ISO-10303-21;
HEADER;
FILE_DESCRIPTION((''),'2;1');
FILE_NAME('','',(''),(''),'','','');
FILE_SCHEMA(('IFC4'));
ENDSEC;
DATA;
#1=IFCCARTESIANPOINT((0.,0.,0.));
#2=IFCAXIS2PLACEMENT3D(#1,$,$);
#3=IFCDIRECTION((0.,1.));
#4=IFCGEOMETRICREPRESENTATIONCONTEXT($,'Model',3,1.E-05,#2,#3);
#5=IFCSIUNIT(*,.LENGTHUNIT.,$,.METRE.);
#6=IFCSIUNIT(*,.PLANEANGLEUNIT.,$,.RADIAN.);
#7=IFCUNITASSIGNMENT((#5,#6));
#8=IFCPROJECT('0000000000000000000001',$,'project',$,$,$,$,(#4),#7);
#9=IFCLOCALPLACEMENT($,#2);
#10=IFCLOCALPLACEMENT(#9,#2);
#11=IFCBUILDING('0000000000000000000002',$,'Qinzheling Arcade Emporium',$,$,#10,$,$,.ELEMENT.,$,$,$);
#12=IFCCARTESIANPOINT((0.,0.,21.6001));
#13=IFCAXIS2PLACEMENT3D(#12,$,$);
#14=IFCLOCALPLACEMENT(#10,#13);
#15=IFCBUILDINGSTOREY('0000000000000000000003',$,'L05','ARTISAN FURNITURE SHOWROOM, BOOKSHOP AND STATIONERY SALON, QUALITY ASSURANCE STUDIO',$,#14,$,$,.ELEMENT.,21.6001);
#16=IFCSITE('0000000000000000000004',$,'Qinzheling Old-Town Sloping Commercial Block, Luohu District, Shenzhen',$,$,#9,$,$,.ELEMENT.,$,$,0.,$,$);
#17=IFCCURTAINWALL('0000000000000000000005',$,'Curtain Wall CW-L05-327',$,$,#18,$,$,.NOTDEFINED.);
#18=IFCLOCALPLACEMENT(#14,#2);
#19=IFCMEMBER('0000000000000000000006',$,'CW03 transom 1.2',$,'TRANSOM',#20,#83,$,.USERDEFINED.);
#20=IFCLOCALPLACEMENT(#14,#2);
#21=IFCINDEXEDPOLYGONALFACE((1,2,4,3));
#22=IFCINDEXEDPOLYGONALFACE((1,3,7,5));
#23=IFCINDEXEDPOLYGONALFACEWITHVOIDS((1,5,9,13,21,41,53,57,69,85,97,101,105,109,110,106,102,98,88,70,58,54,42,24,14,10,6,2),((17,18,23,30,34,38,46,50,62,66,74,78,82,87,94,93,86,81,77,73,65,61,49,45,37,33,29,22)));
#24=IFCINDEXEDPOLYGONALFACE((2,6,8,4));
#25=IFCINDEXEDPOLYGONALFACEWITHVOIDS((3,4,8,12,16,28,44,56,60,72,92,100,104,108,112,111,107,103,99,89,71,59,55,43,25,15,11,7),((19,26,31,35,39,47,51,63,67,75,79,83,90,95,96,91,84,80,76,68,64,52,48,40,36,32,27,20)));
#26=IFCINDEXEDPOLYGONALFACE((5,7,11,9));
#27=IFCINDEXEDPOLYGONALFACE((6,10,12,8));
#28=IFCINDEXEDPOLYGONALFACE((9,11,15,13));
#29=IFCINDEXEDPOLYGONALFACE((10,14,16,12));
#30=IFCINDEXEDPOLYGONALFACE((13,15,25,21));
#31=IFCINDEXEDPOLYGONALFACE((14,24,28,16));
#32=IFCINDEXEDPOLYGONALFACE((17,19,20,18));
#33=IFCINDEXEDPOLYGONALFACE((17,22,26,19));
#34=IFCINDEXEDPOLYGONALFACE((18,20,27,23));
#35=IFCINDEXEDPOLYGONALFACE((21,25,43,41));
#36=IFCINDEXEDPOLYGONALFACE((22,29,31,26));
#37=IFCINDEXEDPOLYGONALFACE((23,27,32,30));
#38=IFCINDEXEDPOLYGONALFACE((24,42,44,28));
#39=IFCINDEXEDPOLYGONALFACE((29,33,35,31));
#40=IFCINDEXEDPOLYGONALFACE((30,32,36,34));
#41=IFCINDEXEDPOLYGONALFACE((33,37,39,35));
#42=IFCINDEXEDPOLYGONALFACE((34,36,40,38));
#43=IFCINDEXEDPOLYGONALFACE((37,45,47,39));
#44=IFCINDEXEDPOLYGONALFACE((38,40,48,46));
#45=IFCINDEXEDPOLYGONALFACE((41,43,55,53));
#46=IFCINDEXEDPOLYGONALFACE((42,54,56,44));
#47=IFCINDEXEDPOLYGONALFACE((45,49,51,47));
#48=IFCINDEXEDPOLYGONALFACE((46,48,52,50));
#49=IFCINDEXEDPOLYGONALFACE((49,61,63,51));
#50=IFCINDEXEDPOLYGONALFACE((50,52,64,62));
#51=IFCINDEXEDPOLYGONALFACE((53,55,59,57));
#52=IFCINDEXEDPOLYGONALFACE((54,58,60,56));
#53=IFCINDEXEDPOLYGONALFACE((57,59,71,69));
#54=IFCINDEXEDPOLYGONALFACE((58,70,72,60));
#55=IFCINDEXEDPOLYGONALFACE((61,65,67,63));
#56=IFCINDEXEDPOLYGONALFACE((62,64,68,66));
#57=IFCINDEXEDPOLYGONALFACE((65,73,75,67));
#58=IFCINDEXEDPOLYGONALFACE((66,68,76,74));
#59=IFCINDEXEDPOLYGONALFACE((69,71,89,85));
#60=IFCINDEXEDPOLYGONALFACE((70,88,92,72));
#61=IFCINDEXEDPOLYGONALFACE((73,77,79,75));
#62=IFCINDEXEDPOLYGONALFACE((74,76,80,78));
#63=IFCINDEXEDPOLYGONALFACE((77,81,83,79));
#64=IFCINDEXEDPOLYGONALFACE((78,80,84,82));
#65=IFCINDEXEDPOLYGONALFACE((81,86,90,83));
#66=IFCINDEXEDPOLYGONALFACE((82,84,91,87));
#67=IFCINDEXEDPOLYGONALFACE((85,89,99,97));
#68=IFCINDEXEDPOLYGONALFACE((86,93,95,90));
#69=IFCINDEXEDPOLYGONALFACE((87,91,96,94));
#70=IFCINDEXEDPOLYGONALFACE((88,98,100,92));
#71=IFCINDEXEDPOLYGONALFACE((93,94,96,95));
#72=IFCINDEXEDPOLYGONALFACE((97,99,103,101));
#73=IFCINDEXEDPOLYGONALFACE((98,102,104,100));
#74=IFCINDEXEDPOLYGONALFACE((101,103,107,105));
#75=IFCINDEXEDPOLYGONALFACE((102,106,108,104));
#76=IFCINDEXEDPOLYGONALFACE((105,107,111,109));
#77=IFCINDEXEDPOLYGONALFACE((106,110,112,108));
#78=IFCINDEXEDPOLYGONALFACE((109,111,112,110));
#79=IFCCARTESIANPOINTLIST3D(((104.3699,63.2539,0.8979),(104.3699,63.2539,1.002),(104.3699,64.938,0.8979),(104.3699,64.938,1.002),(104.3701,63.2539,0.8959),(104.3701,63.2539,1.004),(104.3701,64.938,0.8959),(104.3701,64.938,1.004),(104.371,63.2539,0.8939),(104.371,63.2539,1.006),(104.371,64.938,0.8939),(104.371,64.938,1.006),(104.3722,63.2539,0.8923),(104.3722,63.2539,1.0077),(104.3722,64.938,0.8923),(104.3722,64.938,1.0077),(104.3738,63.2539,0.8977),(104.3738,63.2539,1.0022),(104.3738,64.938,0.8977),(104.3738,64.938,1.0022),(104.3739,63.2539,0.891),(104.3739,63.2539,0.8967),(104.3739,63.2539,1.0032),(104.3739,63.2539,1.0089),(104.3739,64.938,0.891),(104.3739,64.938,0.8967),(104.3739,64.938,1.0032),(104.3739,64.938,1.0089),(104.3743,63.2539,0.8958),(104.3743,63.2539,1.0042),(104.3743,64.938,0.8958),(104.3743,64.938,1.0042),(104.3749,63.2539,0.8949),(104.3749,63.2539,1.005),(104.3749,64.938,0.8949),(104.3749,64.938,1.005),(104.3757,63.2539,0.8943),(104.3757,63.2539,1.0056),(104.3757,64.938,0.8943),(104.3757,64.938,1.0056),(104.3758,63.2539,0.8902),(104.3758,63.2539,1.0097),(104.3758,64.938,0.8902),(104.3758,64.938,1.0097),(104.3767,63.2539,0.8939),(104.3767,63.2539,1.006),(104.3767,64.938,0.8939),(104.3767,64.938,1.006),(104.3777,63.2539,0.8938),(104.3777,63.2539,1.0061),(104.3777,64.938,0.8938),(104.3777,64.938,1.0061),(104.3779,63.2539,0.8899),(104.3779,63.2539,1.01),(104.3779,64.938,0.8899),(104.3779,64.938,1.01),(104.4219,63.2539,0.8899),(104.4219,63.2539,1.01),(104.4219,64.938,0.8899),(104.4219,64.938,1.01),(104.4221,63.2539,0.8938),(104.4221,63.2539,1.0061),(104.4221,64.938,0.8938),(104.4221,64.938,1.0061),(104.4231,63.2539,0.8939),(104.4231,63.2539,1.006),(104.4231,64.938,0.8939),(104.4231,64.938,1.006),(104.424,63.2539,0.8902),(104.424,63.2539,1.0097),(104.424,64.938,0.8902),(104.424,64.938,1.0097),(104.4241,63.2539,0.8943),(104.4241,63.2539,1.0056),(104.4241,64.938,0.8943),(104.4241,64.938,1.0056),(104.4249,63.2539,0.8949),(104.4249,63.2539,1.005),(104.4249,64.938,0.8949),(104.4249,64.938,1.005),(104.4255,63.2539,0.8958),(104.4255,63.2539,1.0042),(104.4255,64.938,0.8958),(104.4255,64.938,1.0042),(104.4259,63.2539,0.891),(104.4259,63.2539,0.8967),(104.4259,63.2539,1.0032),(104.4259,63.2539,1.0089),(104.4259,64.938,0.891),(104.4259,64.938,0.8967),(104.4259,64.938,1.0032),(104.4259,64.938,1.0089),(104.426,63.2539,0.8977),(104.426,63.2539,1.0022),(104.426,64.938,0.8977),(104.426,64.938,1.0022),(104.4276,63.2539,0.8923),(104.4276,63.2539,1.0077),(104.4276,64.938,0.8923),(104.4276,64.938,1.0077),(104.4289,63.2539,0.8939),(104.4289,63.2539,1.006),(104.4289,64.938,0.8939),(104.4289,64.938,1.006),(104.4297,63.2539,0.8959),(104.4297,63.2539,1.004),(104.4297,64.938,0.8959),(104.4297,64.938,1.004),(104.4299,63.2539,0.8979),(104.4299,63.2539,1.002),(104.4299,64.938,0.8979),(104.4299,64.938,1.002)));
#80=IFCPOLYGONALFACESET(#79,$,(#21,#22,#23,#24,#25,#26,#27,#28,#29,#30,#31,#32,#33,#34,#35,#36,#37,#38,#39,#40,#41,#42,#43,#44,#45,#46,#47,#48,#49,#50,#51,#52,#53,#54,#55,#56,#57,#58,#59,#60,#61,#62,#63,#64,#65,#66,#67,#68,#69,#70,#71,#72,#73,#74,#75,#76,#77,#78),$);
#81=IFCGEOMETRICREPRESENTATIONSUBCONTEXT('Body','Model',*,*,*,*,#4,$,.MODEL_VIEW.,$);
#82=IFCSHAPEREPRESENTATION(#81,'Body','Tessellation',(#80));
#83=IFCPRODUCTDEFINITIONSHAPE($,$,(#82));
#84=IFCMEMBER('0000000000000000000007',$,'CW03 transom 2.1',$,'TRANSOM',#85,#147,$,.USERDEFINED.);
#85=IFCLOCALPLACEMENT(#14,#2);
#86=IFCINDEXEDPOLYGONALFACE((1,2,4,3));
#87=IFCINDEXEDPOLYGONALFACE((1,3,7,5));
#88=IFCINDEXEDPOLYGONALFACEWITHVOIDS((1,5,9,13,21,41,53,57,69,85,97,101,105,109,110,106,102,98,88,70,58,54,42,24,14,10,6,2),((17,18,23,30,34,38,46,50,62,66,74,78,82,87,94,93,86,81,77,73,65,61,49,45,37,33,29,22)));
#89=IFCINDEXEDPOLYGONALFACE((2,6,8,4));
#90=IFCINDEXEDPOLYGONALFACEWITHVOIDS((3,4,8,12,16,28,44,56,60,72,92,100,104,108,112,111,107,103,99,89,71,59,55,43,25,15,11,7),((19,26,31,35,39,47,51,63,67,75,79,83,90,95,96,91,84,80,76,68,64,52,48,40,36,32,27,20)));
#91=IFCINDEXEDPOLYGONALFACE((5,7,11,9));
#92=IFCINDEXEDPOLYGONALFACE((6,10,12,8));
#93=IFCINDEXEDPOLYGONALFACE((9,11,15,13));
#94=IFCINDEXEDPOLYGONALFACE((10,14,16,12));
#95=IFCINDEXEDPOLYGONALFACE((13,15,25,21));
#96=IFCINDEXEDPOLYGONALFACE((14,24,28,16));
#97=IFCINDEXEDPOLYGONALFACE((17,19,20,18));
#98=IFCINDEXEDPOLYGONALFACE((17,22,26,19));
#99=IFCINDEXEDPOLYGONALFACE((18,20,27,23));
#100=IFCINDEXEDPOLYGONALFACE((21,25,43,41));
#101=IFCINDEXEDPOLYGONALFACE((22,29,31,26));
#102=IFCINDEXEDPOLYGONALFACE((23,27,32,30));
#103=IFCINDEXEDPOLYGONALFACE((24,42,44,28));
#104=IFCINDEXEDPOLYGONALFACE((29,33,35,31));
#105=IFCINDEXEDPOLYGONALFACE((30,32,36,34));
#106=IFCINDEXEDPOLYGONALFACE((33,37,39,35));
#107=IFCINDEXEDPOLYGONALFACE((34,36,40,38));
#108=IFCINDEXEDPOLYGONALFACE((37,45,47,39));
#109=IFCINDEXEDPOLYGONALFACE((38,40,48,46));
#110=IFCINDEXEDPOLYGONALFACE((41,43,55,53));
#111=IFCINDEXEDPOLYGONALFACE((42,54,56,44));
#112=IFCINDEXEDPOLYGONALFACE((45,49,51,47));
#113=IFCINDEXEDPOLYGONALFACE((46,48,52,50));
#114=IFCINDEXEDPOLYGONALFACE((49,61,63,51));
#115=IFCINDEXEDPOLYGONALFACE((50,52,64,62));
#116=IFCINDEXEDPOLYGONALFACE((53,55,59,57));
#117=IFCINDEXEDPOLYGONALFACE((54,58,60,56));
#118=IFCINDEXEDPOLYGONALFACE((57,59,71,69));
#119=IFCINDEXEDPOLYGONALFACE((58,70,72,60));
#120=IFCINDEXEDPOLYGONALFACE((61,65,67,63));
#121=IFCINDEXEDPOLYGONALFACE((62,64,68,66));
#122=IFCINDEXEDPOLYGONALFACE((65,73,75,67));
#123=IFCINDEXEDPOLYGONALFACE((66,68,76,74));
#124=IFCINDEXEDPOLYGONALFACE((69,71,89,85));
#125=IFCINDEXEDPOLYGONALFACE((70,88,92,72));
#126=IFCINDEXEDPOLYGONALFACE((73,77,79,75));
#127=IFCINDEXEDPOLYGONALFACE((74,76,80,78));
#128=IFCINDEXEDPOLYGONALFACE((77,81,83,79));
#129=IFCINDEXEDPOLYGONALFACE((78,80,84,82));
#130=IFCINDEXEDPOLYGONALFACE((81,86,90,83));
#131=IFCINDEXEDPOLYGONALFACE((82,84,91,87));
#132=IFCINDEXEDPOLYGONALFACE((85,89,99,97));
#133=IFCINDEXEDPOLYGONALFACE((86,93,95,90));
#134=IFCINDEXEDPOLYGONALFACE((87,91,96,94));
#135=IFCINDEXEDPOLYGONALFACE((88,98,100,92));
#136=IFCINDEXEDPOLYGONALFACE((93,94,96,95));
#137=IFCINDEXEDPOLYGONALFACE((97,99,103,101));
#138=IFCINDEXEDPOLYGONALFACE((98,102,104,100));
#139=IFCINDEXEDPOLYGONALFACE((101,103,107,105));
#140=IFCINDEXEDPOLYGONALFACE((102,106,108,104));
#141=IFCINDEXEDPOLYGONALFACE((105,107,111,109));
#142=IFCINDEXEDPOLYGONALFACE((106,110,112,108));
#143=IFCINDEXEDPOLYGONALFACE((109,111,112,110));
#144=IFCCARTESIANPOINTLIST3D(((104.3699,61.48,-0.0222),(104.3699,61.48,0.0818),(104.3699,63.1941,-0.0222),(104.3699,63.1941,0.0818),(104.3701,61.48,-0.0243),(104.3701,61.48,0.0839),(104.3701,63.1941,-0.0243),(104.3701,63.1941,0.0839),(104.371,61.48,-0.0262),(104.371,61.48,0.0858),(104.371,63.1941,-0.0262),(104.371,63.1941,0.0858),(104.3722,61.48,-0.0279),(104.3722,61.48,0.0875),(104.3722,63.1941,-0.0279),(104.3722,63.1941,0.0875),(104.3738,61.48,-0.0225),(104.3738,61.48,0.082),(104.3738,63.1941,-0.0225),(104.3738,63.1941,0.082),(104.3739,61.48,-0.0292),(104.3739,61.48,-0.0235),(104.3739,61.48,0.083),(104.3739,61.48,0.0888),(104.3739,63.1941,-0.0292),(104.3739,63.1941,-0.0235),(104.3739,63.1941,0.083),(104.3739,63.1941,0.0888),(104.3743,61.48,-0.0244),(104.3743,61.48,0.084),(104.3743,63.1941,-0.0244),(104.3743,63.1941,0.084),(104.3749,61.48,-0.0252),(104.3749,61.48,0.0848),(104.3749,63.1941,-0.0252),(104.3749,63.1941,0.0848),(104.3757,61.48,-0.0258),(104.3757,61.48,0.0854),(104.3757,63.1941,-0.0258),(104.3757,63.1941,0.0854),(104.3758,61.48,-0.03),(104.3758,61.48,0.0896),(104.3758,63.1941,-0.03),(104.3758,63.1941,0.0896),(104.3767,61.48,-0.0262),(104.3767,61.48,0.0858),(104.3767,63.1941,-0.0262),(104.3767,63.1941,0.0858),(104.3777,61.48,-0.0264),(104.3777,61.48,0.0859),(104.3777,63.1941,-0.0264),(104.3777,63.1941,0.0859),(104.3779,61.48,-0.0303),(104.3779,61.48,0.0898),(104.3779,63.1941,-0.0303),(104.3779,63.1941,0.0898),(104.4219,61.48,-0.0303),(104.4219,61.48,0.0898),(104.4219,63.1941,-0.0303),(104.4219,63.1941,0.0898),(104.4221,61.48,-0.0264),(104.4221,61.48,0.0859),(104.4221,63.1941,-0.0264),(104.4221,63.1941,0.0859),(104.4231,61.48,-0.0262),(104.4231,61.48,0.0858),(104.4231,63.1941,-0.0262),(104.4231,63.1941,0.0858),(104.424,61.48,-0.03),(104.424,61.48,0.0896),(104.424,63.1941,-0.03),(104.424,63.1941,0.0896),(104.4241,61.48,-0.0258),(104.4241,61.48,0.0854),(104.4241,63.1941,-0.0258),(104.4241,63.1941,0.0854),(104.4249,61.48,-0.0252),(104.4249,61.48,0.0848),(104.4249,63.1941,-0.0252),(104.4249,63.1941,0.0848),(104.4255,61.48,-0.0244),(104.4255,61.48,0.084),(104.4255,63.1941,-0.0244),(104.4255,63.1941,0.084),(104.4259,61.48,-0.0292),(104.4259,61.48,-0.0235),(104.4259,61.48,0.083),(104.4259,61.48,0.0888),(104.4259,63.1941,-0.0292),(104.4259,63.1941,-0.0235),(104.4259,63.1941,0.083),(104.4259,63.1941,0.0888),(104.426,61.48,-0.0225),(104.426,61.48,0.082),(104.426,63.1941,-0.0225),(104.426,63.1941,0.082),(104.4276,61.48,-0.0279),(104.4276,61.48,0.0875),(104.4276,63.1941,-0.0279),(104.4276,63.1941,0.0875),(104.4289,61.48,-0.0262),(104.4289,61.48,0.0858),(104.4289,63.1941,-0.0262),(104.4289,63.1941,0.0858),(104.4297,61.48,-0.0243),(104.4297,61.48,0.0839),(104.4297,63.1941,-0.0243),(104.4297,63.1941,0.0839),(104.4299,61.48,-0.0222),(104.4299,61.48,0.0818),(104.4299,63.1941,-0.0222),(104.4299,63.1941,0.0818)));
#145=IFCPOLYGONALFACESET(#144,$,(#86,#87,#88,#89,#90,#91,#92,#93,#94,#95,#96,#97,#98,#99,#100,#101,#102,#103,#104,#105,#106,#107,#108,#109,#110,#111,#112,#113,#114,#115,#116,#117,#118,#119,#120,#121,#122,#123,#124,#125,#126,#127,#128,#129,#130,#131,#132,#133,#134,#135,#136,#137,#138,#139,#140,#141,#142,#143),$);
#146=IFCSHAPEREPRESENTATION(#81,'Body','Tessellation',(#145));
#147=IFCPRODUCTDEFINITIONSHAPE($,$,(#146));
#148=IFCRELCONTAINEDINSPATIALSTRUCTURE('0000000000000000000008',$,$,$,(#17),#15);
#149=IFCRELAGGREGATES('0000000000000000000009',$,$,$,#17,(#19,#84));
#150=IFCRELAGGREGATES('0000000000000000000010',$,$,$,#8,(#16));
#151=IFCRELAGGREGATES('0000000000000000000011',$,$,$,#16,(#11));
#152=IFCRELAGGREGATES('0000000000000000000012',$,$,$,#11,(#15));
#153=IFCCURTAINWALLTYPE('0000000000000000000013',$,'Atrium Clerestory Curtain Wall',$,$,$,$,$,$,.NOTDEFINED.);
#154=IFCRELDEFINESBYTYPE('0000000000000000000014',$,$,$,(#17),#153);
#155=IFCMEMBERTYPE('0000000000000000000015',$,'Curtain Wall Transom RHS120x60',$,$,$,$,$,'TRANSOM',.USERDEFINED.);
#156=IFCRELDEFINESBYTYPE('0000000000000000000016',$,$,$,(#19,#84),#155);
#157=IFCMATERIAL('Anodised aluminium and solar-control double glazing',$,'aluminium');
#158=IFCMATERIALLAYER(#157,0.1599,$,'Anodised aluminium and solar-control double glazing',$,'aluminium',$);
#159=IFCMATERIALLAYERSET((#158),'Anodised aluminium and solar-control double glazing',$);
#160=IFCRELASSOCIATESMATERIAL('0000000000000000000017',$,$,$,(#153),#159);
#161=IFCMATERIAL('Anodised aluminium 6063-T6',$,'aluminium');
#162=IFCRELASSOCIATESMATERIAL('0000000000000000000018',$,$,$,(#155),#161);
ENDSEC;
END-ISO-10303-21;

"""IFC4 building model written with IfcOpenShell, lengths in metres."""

from ifc_helpers import new_model, si_unit, direction, frame, origin, origin_2d, place, context, subcontext, project, spatial, hollow_rectangle, extrude, material, layer, layer_set, material_profile, profile_set, type_object, element, aggregate, save


model = new_model("IFC4")

# Units and contexts
model_context = context("Model", 3, precision=1e-05, world=origin(), true_north=direction((0.0, 1.0)))
body_context = subcontext(model_context, "Body", "Model", "MODEL_VIEW")
ifc_project = project(units=[si_unit("LENGTHUNIT", "METRE"), si_unit("PLANEANGLEUNIT", "RADIAN")], contexts=[model_context])

# Site, building, storey
site_placement = place(None, origin())
site = spatial("IfcSite", under=ifc_project, at=site_placement, Name="Qinzheling Old-Town Sloping Commercial Block, Luohu District, Shenzhen", CompositionType="ELEMENT", RefElevation=0.0)
building_placement = place(site_placement, origin())
building = spatial("IfcBuilding", under=site, at=building_placement, Name="Qinzheling Arcade Emporium", CompositionType="ELEMENT")
storey_placement = place(building_placement, frame((0.0, 0.0, 21.6001)))
storey = spatial("IfcBuildingStorey", under=building, at=storey_placement, Name="L05", Description="ARTISAN FURNITURE SHOWROOM, BOOKSHOP AND STATIONERY SALON, QUALITY ASSURANCE STUDIO", CompositionType="ELEMENT", Elevation=21.6001)

# Curtain wall
ifc_material_1 = material(Name="Anodised aluminium and solar-control double glazing", Category="aluminium")
ifc_layer_1 = layer(ifc_material_1, 0.1599, Name="Anodised aluminium and solar-control double glazing", Category="aluminium")
ifc_layer_set_1 = layer_set([ifc_layer_1], Name="Anodised aluminium and solar-control double glazing")
curtain_wall_type = type_object("IfcCurtainWallType", Name="Atrium Clerestory Curtain Wall", PredefinedType="NOTDEFINED", material=ifc_layer_set_1)
curtain_wall_1_placement = place(storey_placement, origin())
curtain_wall_1 = element("IfcCurtainWall", 1, at=curtain_wall_1_placement, inside=storey, type_object=curtain_wall_type, Name="Curtain Wall CW-L05-327", PredefinedType="NOTDEFINED")
ifc_material_2 = material(Name="Anodised aluminium 6063-T6", Category="aluminium")

# Members
ifc_material_profile_1 = material_profile(ifc_material_2, hollow_rectangle(XDim=0.0601, YDim=0.1201, WallThickness=0.0039, InnerFilletRadius=0.0039, OuterFilletRadius=0.0081, at=origin_2d()), Name="RHS 120x60x4", Category="aluminium")
ifc_profile_set_1 = profile_set([ifc_material_profile_1], Name="Anodised aluminium 6063-T6")
member_type_1 = type_object("IfcMemberType", Name="Curtain Wall Transom RHS120x60", ElementType="TRANSOM", PredefinedType="USERDEFINED", material=ifc_profile_set_1)
member_1_placement = place(storey_placement, frame((104.3999, 64.938, 0.95), z_axis=(0.0, -1.0, 0.0), x_axis=(1.0, 0.0, 0.0)))
member_1 = element("IfcMember", 2, at=member_1_placement, type_object=member_type_1, Name="CW03 transom 1.2", ObjectType="TRANSOM", PredefinedType="USERDEFINED", context=body_context, shape_type="SweptSolid", body=[
    extrude(hollow_rectangle(XDim=0.0601, YDim=0.1201, WallThickness=0.0039, InnerFilletRadius=0.0039, OuterFilletRadius=0.0081, at=origin_2d()), origin(), (0.0, 0.0, 1.0), 1.6841),
])
member_2_placement = place(storey_placement, frame((104.3999, 63.1941, 0.0298), z_axis=(0.0, -1.0, 0.0), x_axis=(1.0, 0.0, 0.0)))
member_2 = element("IfcMember", 3, at=member_2_placement, type_object=member_type_1, Name="CW03 transom 2.1", ObjectType="TRANSOM", PredefinedType="USERDEFINED", context=body_context, shape_type="SweptSolid", body=[
    extrude(hollow_rectangle(XDim=0.0601, YDim=0.1201, WallThickness=0.0039, InnerFilletRadius=0.0039, OuterFilletRadius=0.0081, at=origin_2d()), origin(), (0.0, 0.0, 1.0), 1.7141),
])

aggregate(curtain_wall_1, [member_1, member_2])

save(model, "model.ifc")
